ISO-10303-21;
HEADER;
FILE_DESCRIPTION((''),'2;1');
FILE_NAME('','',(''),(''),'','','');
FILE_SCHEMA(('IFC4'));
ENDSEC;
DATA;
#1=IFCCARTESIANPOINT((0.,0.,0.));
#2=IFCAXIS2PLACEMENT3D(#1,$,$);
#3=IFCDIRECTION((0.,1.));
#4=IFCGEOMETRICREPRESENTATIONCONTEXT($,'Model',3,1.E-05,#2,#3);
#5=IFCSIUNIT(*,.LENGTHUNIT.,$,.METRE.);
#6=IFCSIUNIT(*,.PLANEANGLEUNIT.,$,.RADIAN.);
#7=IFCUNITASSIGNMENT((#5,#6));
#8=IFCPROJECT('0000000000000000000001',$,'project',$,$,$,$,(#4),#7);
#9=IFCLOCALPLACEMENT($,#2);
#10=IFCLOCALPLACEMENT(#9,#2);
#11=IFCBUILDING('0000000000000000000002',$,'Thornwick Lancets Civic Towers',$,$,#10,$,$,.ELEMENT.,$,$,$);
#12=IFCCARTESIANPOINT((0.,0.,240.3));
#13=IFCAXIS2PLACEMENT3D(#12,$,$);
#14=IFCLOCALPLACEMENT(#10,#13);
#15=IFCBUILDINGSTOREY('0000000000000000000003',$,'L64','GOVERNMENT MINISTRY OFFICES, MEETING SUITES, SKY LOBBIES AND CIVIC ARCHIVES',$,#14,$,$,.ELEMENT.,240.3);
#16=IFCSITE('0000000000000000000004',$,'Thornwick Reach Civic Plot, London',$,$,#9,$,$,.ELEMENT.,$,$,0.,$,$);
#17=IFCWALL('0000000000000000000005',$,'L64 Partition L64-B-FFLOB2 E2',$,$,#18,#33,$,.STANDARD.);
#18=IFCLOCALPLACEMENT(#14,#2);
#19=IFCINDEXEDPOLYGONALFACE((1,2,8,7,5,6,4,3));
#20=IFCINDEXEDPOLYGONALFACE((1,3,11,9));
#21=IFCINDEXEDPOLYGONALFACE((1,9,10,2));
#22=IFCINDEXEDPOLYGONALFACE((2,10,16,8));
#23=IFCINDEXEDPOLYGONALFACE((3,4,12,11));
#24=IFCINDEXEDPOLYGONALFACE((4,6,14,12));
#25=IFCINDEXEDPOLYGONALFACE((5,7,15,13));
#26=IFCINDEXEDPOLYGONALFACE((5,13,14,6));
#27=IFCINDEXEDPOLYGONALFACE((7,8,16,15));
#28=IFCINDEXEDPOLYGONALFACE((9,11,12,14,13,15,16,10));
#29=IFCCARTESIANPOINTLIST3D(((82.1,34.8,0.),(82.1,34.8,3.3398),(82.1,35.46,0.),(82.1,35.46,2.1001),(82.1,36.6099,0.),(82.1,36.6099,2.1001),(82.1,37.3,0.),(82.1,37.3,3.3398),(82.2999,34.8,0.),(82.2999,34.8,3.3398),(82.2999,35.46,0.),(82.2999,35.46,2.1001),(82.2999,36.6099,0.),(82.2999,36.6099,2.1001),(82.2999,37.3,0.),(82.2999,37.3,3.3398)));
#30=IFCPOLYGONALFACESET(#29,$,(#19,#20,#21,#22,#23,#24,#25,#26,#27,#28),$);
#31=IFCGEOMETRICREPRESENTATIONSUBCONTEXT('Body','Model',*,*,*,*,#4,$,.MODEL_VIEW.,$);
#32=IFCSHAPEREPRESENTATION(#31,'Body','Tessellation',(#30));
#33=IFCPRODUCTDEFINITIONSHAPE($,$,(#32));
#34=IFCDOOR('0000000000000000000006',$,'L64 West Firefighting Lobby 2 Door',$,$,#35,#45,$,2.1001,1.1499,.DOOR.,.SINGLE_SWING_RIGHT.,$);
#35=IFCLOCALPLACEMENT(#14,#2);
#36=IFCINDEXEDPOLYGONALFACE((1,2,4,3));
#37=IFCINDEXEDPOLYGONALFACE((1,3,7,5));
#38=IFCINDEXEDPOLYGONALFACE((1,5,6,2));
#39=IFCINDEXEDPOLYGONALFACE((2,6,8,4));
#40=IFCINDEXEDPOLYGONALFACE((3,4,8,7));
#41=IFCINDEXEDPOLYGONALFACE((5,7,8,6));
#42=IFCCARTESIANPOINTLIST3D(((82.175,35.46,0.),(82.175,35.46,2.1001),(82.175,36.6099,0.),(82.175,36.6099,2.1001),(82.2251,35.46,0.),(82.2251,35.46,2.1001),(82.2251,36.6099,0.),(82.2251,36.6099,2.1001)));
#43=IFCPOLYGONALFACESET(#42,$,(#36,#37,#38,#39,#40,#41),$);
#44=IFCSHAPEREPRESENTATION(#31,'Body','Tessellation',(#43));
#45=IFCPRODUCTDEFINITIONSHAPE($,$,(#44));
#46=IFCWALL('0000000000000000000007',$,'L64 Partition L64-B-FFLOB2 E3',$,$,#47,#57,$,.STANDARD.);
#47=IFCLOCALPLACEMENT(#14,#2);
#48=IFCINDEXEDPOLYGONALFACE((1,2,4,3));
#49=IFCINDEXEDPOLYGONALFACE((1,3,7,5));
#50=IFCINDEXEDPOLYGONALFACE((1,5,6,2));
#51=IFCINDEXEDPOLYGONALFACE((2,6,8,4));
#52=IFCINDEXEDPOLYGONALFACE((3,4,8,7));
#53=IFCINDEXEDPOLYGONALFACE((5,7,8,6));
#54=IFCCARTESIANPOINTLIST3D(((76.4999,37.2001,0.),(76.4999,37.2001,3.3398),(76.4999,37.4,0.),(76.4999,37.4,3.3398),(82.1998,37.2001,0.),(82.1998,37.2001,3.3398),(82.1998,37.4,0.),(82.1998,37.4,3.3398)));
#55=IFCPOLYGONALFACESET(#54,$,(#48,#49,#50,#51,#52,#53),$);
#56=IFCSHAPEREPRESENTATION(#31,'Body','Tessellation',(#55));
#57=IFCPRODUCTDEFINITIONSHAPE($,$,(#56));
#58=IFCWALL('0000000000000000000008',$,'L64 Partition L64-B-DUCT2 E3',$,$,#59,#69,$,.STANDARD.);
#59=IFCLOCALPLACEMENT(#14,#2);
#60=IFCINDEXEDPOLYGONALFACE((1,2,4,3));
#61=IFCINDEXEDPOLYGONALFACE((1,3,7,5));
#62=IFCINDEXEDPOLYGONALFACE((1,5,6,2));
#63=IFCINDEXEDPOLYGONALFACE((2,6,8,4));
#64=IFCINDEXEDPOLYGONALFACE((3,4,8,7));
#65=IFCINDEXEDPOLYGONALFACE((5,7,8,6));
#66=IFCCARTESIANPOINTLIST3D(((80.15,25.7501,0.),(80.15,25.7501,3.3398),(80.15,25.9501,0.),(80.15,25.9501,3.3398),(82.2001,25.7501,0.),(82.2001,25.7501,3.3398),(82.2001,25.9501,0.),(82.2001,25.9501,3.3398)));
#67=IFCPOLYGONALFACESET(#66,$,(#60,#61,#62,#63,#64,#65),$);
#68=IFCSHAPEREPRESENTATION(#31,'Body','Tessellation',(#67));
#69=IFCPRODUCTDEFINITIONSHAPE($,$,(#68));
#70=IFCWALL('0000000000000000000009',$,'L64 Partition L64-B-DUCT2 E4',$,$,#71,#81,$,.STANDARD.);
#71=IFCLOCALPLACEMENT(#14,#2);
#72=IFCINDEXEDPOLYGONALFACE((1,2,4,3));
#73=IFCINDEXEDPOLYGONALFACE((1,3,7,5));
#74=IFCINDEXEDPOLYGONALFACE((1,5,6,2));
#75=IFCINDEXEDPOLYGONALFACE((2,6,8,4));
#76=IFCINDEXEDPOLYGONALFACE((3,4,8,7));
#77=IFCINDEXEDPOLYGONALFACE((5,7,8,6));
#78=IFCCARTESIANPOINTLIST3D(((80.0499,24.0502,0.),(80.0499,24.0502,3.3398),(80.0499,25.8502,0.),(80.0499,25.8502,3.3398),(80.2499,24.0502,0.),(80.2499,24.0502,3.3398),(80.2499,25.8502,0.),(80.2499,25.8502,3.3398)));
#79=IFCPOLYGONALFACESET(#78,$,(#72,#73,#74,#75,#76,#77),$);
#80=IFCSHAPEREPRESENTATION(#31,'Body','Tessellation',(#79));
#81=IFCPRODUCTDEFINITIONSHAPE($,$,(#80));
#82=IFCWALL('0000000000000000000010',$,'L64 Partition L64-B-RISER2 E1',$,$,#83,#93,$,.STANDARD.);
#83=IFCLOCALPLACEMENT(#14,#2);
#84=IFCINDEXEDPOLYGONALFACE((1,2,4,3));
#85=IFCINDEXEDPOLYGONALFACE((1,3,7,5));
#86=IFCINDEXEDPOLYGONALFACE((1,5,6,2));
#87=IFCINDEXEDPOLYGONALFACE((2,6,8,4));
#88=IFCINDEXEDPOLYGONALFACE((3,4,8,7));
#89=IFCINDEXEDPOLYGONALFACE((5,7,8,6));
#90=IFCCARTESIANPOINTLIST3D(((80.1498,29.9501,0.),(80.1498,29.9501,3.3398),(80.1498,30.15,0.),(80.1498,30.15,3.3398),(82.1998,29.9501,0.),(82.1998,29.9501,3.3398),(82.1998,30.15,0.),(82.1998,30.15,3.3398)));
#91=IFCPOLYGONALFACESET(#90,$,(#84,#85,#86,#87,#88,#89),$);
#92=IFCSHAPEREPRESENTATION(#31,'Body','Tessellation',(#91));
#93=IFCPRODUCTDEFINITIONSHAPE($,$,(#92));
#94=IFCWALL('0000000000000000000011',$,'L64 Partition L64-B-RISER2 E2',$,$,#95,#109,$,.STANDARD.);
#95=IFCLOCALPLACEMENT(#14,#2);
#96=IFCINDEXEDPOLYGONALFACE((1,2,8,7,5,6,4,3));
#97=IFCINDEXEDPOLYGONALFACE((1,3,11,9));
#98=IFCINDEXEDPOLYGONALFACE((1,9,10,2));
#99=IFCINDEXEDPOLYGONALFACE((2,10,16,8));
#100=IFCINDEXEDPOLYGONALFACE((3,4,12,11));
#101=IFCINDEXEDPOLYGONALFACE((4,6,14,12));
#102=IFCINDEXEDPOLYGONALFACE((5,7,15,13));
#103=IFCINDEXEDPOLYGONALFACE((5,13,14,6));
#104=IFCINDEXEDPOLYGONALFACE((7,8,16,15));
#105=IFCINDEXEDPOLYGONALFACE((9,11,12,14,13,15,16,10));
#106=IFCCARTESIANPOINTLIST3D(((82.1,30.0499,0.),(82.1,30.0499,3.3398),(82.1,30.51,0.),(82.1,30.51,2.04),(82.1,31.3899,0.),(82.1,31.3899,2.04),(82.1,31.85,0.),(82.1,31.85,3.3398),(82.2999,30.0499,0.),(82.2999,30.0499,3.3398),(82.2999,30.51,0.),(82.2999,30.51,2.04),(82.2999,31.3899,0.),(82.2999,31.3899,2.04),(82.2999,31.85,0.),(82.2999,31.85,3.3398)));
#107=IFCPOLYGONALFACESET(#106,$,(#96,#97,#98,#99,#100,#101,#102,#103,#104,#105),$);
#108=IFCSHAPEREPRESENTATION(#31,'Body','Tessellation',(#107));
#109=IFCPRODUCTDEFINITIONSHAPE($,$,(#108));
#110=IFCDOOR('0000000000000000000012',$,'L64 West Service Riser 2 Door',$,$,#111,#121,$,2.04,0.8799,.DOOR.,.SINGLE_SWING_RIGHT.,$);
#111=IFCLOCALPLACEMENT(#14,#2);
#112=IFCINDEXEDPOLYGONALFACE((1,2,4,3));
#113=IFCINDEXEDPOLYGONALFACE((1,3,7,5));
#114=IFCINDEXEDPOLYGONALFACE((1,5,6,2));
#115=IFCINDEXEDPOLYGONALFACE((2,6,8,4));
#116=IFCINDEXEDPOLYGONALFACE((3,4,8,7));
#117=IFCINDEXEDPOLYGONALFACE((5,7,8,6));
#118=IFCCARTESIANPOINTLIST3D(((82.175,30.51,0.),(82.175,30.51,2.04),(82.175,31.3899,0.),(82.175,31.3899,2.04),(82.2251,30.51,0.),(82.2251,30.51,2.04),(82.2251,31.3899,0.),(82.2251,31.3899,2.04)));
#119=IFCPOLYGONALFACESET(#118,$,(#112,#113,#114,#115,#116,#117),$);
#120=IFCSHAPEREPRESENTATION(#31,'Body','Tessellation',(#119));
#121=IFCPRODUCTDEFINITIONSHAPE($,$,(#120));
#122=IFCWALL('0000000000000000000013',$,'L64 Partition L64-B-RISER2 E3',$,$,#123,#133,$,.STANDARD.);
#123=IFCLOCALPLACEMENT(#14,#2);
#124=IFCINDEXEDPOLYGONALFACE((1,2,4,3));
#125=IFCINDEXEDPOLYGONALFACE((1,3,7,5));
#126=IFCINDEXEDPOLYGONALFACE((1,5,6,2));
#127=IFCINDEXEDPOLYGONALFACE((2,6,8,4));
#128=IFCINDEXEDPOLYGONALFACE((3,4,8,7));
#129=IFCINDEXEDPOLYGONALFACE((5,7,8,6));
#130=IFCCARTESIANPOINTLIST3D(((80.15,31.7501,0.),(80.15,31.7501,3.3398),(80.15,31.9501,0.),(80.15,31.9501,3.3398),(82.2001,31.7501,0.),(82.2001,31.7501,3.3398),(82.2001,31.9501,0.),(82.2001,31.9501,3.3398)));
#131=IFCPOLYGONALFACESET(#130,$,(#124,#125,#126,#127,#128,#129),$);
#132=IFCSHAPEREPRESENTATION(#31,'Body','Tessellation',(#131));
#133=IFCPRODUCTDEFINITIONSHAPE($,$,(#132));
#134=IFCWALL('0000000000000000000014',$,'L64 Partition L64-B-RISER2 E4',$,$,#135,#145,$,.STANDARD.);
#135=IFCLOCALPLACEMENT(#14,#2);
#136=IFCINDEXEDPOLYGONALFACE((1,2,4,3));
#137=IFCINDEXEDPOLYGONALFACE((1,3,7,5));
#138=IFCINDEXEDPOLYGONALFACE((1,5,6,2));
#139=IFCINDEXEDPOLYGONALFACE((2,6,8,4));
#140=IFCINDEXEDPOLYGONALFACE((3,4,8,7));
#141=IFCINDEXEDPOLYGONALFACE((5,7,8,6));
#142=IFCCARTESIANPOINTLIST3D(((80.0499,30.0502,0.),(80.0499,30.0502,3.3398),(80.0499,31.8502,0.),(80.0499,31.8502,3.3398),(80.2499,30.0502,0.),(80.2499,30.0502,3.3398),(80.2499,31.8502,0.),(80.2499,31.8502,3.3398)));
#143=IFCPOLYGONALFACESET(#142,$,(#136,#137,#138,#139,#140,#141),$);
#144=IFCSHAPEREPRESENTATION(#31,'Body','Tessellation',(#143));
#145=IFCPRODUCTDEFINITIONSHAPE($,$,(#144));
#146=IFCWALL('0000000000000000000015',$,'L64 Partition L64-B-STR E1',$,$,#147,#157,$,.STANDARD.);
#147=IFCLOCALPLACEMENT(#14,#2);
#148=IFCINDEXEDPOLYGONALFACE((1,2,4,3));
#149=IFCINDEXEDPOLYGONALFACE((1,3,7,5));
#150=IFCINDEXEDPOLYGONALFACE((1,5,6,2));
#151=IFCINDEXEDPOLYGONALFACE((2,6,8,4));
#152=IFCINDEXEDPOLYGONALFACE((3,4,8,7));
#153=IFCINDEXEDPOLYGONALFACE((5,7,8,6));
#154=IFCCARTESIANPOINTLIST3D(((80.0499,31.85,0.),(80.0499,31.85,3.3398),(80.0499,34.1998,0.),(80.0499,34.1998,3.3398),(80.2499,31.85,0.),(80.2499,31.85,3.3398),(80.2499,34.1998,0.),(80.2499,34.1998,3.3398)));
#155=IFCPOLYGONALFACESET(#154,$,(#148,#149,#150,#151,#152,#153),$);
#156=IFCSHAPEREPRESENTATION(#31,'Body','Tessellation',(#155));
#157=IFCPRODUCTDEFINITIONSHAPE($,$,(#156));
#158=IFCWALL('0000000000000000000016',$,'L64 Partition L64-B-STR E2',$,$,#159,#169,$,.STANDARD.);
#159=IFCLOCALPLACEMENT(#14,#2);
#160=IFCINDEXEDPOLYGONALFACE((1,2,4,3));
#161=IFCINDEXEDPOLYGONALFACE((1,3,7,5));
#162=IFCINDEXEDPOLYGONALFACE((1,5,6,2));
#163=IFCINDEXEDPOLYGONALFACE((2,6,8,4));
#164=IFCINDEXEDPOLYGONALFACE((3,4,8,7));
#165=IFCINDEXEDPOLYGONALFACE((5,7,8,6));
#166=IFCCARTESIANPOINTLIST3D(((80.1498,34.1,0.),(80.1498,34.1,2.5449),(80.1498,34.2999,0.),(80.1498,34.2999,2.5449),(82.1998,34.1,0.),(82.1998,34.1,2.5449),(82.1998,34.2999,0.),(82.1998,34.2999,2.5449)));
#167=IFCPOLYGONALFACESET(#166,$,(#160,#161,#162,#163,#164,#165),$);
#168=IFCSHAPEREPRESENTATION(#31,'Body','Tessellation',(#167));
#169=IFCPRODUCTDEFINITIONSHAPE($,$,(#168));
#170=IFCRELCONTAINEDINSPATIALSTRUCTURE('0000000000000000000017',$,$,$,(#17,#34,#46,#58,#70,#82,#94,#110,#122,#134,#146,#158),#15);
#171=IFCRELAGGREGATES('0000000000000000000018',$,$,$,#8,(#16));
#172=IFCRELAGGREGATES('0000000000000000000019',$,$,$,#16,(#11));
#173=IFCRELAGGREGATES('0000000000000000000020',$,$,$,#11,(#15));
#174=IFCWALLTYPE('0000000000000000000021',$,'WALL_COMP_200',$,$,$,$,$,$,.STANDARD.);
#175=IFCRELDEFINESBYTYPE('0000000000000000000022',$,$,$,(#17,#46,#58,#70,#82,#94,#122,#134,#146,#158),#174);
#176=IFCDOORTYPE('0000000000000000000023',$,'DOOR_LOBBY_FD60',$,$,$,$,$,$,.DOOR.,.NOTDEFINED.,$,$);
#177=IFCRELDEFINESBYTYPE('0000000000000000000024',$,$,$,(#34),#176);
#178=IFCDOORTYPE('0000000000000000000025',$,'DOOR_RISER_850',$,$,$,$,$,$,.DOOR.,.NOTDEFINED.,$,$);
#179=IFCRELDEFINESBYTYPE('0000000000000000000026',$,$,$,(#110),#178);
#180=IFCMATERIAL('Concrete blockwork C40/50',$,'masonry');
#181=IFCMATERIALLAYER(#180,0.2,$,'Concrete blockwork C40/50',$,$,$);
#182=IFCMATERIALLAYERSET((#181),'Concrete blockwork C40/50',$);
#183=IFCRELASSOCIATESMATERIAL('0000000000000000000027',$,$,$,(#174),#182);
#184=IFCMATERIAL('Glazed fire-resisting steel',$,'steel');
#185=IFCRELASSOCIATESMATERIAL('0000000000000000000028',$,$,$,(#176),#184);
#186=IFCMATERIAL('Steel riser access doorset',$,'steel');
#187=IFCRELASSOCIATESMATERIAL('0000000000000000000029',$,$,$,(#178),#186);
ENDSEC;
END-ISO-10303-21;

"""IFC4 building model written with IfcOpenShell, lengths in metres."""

from ifc_helpers import new_model, si_unit, direction, frame, frame_2d, origin, place, context, subcontext, project, spatial, rectangle, extrude, material, layer, layer_set, type_object, element, fill, save


model = new_model("IFC4")

# Units and contexts
model_context = context("Model", 3, precision=1e-05, world=origin(), true_north=direction((0.0, 1.0)))
body_context = subcontext(model_context, "Body", "Model", "MODEL_VIEW")
ifc_project = project(units=[si_unit("LENGTHUNIT", "METRE"), si_unit("PLANEANGLEUNIT", "RADIAN")], contexts=[model_context])

# Site, building, storey
site_placement = place(None, origin())
site = spatial("IfcSite", under=ifc_project, at=site_placement, Name="Thornwick Reach Civic Plot, London", CompositionType="ELEMENT", RefElevation=0.0)
building_placement = place(site_placement, origin())
building = spatial("IfcBuilding", under=site, at=building_placement, Name="Thornwick Lancets Civic Towers", CompositionType="ELEMENT")
storey_placement = place(building_placement, frame((0.0, 0.0, 240.3)))
storey = spatial("IfcBuildingStorey", under=building, at=storey_placement, Name="L64", Description="GOVERNMENT MINISTRY OFFICES, MEETING SUITES, SKY LOBBIES AND CIVIC ARCHIVES", CompositionType="ELEMENT", Elevation=240.3)

# Shared definitions
ifc_material_1 = material(Name="Concrete blockwork C40/50", Category="masonry")
ifc_layer_1 = layer(ifc_material_1, 0.2, Name="Concrete blockwork C40/50")
ifc_layer_set_1 = layer_set([ifc_layer_1], Name="Concrete blockwork C40/50")
wall_type_1 = type_object("IfcWallType", Name="WALL_COMP_200", PredefinedType="STANDARD", material=ifc_layer_set_1)

# Wall, opening, door
wall_1_placement = place(storey_placement, frame((82.2, 34.8, 0.0), z_axis=(0.0, 0.0, 1.0), x_axis=(0.0, 1.0, 0.0)))
wall_1 = element("IfcWall", 1, at=wall_1_placement, inside=storey, type_object=wall_type_1, Name="L64 Partition L64-B-FFLOB2 E2", PredefinedType="STANDARD", context=body_context, shape_type="SweptSolid", body=[
    extrude(rectangle(XDim=2.5, YDim=0.2, at=frame_2d((1.25, 0.0))), origin(), (0.0, 0.0, 1.0), 3.3398),
])
opening_1_placement = place(wall_1_placement, frame((0.6599, 0.0, 0.0)))
opening_1 = element("IfcOpeningElement", 2, at=opening_1_placement, cuts=wall_1, PredefinedType="OPENING", context=body_context, shape_type="SweptSolid", body=[
    extrude(rectangle(XDim=1.1499, YDim=2.1001, at=frame_2d((0.575, 1.05))), frame((0.0, 0.1099, 0.0), z_axis=(0.0, -1.0, 0.0), x_axis=(1.0, 0.0, 0.0)), (0.0, 0.0, 1.0), 0.22),
])
ifc_material_2 = material(Name="Glazed fire-resisting steel", Category="steel")
door_type_1 = type_object("IfcDoorType", Name="DOOR_LOBBY_FD60", OperationType="NOTDEFINED", PredefinedType="DOOR", material=ifc_material_2)
door_1_placement = place(opening_1_placement, origin())
door_1 = element("IfcDoor", 3, at=door_1_placement, inside=storey, type_object=door_type_1, Name="L64 West Firefighting Lobby 2 Door", OperationType="SINGLE_SWING_RIGHT", OverallHeight=2.1001, OverallWidth=1.1499, PredefinedType="DOOR", context=body_context, shape_type="SweptSolid", body=[
    extrude(rectangle(XDim=1.1499, YDim=2.1001, at=frame_2d((0.575, 1.05))), frame((0.0, 0.0249, 0.0), z_axis=(0.0, -1.0, 0.0), x_axis=(1.0, 0.0, 0.0)), (0.0, 0.0, 1.0), 0.05),
])
fill(opening_1, door_1)

# Walls
wall_2_placement = place(storey_placement, frame((82.2, 37.3, 0.0), z_axis=(0.0, 0.0, 1.0), x_axis=(-1.0, 0.0, 0.0)))
element("IfcWall", 4, at=wall_2_placement, inside=storey, type_object=wall_type_1, Name="L64 Partition L64-B-FFLOB2 E3", PredefinedType="STANDARD", context=body_context, shape_type="SweptSolid", body=[
    extrude(rectangle(XDim=5.7, YDim=0.2, at=frame_2d((2.8501, 0.0))), origin(), (0.0, 0.0, 1.0), 3.3398),
])
wall_3_placement = place(storey_placement, frame((82.2, 25.8501, 0.0), z_axis=(0.0, 0.0, 1.0), x_axis=(-1.0, 0.0, 0.0)))
element("IfcWall", 5, at=wall_3_placement, inside=storey, type_object=wall_type_1, Name="L64 Partition L64-B-DUCT2 E3", PredefinedType="STANDARD", context=body_context, shape_type="SweptSolid", body=[
    extrude(rectangle(XDim=2.05, YDim=0.2, at=frame_2d((1.0249, 0.0))), origin(), (0.0, 0.0, 1.0), 3.3398),
])
wall_4_placement = place(storey_placement, frame((80.1499, 25.8501, 0.0), z_axis=(0.0, 0.0, 1.0), x_axis=(0.0, -1.0, 0.0)))
element("IfcWall", 6, at=wall_4_placement, inside=storey, type_object=wall_type_1, Name="L64 Partition L64-B-DUCT2 E4", PredefinedType="STANDARD", context=body_context, shape_type="SweptSolid", body=[
    extrude(rectangle(XDim=1.8, YDim=0.2, at=frame_2d((0.8999, 0.0))), origin(), (0.0, 0.0, 1.0), 3.3398),
])
wall_5_placement = place(storey_placement, frame((80.1499, 30.05, 0.0), z_axis=(0.0, 0.0, 1.0), x_axis=(1.0, 0.0, 0.0)))
element("IfcWall", 7, at=wall_5_placement, inside=storey, type_object=wall_type_1, Name="L64 Partition L64-B-RISER2 E1", PredefinedType="STANDARD", context=body_context, shape_type="SweptSolid", body=[
    extrude(rectangle(XDim=2.05, YDim=0.2, at=frame_2d((1.0249, 0.0))), origin(), (0.0, 0.0, 1.0), 3.3398),
])

# Wall, opening, door
wall_6_placement = place(storey_placement, frame((82.2, 30.05, 0.0), z_axis=(0.0, 0.0, 1.0), x_axis=(0.0, 1.0, 0.0)))
wall_6 = element("IfcWall", 8, at=wall_6_placement, inside=storey, type_object=wall_type_1, Name="L64 Partition L64-B-RISER2 E2", PredefinedType="STANDARD", context=body_context, shape_type="SweptSolid", body=[
    extrude(rectangle(XDim=1.8, YDim=0.2, at=frame_2d((0.8999, 0.0))), origin(), (0.0, 0.0, 1.0), 3.3398),
])
opening_2_placement = place(wall_6_placement, frame((0.46, 0.0, 0.0)))
opening_2 = element("IfcOpeningElement", 9, at=opening_2_placement, cuts=wall_6, PredefinedType="OPENING", context=body_context, shape_type="SweptSolid", body=[
    extrude(rectangle(XDim=0.8799, YDim=2.04, at=frame_2d((0.4399, 1.02))), frame((0.0, 0.1099, 0.0), z_axis=(0.0, -1.0, 0.0), x_axis=(1.0, 0.0, 0.0)), (0.0, 0.0, 1.0), 0.22),
])
ifc_material_3 = material(Name="Steel riser access doorset", Category="steel")
door_type_2 = type_object("IfcDoorType", Name="DOOR_RISER_850", OperationType="NOTDEFINED", PredefinedType="DOOR", material=ifc_material_3)
door_2_placement = place(opening_2_placement, origin())
door_2 = element("IfcDoor", 10, at=door_2_placement, inside=storey, type_object=door_type_2, Name="L64 West Service Riser 2 Door", OperationType="SINGLE_SWING_RIGHT", OverallHeight=2.04, OverallWidth=0.8799, PredefinedType="DOOR", context=body_context, shape_type="SweptSolid", body=[
    extrude(rectangle(XDim=0.8799, YDim=2.04, at=frame_2d((0.4399, 1.02))), frame((0.0, 0.0249, 0.0), z_axis=(0.0, -1.0, 0.0), x_axis=(1.0, 0.0, 0.0)), (0.0, 0.0, 1.0), 0.05),
])
fill(opening_2, door_2)

# Walls
wall_7_placement = place(storey_placement, frame((82.2, 31.8501, 0.0), z_axis=(0.0, 0.0, 1.0), x_axis=(-1.0, 0.0, 0.0)))
element("IfcWall", 11, at=wall_7_placement, inside=storey, type_object=wall_type_1, Name="L64 Partition L64-B-RISER2 E3", PredefinedType="STANDARD", context=body_context, shape_type="SweptSolid", body=[
    extrude(rectangle(XDim=2.05, YDim=0.2, at=frame_2d((1.0249, 0.0))), origin(), (0.0, 0.0, 1.0), 3.3398),
])
wall_8_placement = place(storey_placement, frame((80.1499, 31.8501, 0.0), z_axis=(0.0, 0.0, 1.0), x_axis=(0.0, -1.0, 0.0)))
element("IfcWall", 12, at=wall_8_placement, inside=storey, type_object=wall_type_1, Name="L64 Partition L64-B-RISER2 E4", PredefinedType="STANDARD", context=body_context, shape_type="SweptSolid", body=[
    extrude(rectangle(XDim=1.8, YDim=0.2, at=frame_2d((0.8999, 0.0))), origin(), (0.0, 0.0, 1.0), 3.3398),
])
wall_9_placement = place(storey_placement, frame((80.1499, 31.8501, 0.0), z_axis=(0.0, 0.0, 1.0), x_axis=(0.0, 1.0, 0.0)))
element("IfcWall", 13, at=wall_9_placement, inside=storey, type_object=wall_type_1, Name="L64 Partition L64-B-STR E1", PredefinedType="STANDARD", context=body_context, shape_type="SweptSolid", body=[
    extrude(rectangle(XDim=2.3499, YDim=0.2, at=frame_2d((1.1748, 0.0))), origin(), (0.0, 0.0, 1.0), 3.3398),
])
wall_10_placement = place(storey_placement, frame((80.1499, 34.2, 0.0), z_axis=(0.0, 0.0, 1.0), x_axis=(1.0, 0.0, 0.0)))
element("IfcWall", 14, at=wall_10_placement, inside=storey, type_object=wall_type_1, Name="L64 Partition L64-B-STR E2", PredefinedType="STANDARD", context=body_context, shape_type="SweptSolid", body=[
    extrude(rectangle(XDim=2.05, YDim=0.2, at=frame_2d((1.0249, 0.0))), origin(), (0.0, 0.0, 1.0), 2.5449),
])

save(model, "model.ifc")
